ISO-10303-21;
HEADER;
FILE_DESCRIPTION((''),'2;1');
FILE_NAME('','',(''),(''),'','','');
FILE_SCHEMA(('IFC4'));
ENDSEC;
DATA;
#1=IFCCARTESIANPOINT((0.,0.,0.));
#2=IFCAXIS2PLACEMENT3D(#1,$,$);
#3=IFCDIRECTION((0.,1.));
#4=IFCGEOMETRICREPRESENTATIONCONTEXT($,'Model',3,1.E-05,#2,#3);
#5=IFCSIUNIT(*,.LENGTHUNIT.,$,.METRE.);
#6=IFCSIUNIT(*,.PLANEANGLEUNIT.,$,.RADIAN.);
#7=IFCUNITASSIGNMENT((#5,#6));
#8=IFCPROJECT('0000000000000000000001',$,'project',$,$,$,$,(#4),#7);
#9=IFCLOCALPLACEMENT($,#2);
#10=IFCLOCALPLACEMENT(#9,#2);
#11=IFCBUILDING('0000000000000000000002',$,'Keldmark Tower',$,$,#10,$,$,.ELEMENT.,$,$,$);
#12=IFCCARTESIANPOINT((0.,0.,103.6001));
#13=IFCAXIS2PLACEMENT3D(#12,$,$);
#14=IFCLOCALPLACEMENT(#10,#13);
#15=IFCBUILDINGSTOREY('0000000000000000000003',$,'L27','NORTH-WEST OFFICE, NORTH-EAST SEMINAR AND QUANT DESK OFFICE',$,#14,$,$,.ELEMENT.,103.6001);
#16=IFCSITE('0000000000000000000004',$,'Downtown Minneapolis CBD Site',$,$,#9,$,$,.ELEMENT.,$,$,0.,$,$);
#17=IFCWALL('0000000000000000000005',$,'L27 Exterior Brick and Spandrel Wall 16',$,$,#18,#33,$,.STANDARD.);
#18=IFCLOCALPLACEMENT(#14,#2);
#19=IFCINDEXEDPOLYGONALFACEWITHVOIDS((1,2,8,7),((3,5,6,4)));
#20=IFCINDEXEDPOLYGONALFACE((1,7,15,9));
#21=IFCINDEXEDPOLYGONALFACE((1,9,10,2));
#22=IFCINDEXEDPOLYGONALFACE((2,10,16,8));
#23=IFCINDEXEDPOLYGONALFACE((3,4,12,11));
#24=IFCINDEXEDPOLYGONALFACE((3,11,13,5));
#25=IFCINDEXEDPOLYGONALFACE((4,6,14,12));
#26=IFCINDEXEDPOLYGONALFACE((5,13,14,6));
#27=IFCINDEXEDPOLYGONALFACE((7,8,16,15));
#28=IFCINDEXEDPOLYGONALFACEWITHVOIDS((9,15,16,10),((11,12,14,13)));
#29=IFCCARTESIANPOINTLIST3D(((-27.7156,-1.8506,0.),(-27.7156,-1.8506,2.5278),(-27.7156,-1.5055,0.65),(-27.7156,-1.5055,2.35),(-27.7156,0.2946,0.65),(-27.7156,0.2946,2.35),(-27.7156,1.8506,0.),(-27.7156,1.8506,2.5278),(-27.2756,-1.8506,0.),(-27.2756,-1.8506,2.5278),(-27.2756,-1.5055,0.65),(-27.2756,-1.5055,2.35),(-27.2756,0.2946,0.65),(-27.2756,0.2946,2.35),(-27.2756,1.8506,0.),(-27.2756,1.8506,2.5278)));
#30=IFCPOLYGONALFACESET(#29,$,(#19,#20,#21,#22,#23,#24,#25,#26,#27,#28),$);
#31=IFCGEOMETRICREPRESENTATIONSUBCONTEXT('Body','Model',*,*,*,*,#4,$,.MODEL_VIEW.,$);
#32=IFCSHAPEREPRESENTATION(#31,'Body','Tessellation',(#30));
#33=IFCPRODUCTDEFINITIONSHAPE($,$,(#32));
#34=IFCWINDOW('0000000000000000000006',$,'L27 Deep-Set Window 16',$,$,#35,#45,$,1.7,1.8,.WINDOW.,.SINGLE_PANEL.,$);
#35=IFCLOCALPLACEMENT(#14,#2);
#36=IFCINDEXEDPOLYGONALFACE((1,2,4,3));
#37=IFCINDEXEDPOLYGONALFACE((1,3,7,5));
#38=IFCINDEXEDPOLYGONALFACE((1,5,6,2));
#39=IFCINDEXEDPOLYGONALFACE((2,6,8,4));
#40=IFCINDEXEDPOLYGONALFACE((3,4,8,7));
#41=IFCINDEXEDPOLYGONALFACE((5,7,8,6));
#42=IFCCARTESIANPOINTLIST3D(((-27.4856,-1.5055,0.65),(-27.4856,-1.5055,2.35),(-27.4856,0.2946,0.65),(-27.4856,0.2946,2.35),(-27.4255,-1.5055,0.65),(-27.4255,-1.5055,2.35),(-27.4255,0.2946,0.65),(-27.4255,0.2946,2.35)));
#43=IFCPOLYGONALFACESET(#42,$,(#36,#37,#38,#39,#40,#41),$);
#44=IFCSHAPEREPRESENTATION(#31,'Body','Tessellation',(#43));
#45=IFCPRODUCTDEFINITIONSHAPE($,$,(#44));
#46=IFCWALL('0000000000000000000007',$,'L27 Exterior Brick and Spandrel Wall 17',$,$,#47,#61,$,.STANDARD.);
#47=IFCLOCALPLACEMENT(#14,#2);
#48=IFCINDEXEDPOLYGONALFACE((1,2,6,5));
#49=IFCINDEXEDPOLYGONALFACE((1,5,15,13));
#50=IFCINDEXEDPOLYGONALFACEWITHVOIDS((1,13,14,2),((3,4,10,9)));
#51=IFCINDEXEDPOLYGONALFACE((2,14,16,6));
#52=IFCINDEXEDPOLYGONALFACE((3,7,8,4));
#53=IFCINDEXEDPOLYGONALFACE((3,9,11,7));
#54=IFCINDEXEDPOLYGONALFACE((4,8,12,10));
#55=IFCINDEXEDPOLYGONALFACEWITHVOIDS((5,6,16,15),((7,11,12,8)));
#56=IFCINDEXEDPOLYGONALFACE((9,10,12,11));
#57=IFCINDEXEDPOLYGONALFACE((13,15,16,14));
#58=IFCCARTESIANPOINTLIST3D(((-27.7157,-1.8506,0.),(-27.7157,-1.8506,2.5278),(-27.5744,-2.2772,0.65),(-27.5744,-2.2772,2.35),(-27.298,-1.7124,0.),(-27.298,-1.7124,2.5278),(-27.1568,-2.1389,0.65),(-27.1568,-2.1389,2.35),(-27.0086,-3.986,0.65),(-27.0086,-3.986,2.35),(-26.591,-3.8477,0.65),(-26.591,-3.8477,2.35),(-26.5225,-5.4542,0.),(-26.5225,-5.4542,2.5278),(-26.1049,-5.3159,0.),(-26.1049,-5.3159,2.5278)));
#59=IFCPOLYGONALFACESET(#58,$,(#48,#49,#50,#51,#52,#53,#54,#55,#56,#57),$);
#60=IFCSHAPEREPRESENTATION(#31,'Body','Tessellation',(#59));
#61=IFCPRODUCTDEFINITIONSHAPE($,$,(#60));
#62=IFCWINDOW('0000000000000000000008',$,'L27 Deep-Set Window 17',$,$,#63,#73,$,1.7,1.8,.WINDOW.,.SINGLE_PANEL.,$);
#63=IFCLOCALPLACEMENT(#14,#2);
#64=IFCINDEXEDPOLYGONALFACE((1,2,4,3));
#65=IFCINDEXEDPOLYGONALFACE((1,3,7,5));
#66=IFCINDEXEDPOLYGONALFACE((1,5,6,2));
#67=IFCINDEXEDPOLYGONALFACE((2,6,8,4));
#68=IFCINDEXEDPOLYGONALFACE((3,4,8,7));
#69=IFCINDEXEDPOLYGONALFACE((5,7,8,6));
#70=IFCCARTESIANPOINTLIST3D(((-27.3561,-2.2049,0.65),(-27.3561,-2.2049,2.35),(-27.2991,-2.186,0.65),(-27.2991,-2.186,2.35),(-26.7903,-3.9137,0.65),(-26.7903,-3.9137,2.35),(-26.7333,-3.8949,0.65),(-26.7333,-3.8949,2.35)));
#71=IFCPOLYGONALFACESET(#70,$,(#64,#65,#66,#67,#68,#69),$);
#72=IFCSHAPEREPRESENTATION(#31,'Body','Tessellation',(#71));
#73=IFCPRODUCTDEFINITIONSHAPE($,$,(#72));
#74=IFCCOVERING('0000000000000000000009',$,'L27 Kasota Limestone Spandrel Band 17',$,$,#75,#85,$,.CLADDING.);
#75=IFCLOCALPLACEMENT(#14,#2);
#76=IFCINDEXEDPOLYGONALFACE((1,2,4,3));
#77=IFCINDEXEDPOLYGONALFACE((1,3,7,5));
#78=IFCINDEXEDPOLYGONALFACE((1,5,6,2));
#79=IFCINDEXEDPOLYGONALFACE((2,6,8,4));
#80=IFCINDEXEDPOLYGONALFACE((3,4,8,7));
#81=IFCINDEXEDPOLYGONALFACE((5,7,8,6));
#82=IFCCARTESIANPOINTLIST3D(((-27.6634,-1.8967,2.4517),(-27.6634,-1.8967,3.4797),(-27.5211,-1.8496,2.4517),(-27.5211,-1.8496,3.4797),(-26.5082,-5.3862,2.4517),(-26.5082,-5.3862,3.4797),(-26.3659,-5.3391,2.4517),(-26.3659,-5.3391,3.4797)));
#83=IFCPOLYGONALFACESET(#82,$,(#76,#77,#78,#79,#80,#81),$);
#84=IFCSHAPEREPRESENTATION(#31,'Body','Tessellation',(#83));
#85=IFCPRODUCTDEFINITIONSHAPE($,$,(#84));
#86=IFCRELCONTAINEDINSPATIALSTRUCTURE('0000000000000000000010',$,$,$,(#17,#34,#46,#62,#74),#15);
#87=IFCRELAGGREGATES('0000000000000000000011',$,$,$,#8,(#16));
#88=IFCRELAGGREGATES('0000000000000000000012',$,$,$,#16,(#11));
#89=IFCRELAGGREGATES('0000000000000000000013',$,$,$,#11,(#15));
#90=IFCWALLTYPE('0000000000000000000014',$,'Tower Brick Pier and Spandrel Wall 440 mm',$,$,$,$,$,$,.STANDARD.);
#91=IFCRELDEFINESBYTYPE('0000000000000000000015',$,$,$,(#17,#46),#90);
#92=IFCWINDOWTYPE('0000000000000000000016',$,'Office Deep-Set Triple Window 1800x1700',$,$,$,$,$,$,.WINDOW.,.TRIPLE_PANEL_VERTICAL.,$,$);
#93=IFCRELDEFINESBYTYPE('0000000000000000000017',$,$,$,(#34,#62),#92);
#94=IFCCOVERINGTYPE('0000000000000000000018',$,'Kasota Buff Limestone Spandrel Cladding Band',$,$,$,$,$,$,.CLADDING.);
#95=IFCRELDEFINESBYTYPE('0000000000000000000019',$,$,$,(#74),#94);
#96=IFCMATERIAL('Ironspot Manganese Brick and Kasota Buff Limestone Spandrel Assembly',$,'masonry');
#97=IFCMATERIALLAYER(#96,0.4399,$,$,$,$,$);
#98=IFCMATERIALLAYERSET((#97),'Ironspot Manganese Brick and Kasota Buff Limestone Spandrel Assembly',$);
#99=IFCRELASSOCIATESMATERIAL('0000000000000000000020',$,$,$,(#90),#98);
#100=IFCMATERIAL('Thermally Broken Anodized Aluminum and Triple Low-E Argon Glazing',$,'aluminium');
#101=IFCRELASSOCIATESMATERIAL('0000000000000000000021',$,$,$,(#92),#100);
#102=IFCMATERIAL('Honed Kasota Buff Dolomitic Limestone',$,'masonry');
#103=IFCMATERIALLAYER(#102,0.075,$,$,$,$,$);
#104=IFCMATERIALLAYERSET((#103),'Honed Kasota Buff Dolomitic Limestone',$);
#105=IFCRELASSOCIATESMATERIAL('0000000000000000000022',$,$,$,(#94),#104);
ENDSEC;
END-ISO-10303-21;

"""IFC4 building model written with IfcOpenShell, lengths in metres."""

from ifc_helpers import new_model, si_unit, direction, frame, frame_2d, origin, origin_2d, place, context, subcontext, project, spatial, rectangle, extrude, material, layer, layer_set, type_object, element, fill, save


model = new_model("IFC4")

# Units and contexts
model_context = context("Model", 3, precision=1e-05, world=origin(), true_north=direction((0.0, 1.0)))
body_context = subcontext(model_context, "Body", "Model", "MODEL_VIEW")
ifc_project = project(units=[si_unit("LENGTHUNIT", "METRE"), si_unit("PLANEANGLEUNIT", "RADIAN")], contexts=[model_context])

# Site, building, storey
site_placement = place(None, origin())
site = spatial("IfcSite", under=ifc_project, at=site_placement, Name="Downtown Minneapolis CBD Site", CompositionType="ELEMENT", RefElevation=0.0)
building_placement = place(site_placement, origin())
building = spatial("IfcBuilding", under=site, at=building_placement, Name="Keldmark Tower", CompositionType="ELEMENT")
storey_placement = place(building_placement, frame((0.0, 0.0, 103.6001)))
storey = spatial("IfcBuildingStorey", under=building, at=storey_placement, Name="L27", Description="NORTH-WEST OFFICE, NORTH-EAST SEMINAR AND QUANT DESK OFFICE", CompositionType="ELEMENT", Elevation=103.6001)

# Walls, openings, windows
ifc_material_1 = material(Name="Ironspot Manganese Brick and Kasota Buff Limestone Spandrel Assembly", Category="masonry")
ifc_layer_1 = layer(ifc_material_1, 0.4399)
ifc_layer_set_1 = layer_set([ifc_layer_1], Name="Ironspot Manganese Brick and Kasota Buff Limestone Spandrel Assembly")
wall_type_1 = type_object("IfcWallType", Name="Tower Brick Pier and Spandrel Wall 440 mm", PredefinedType="STANDARD", material=ifc_layer_set_1)
wall_1_placement = place(storey_placement, frame((-27.4956, -1.8506, 0.0), z_axis=(0.0, 0.0, 1.0), x_axis=(0.0, 1.0, 0.0)))
wall_1 = element("IfcWall", 1, at=wall_1_placement, inside=storey, type_object=wall_type_1, Name="L27 Exterior Brick and Spandrel Wall 16", PredefinedType="STANDARD", context=body_context, shape_type="SweptSolid", body=[
    extrude(rectangle(XDim=3.7012, YDim=0.4399, at=frame_2d((1.8506, 0.0))), origin(), (0.0, 0.0, 1.0), 2.5278),
])
opening_1_placement = place(wall_1_placement, frame((0.3452, 0.0, 0.6499)))
opening_1 = element("IfcOpeningElement", 2, at=opening_1_placement, cuts=wall_1, PredefinedType="OPENING", context=body_context, shape_type="SweptSolid", body=[
    extrude(rectangle(XDim=1.8, YDim=1.7, at=frame_2d((0.8999, 0.8501))), frame((0.0, 0.23, 0.0), z_axis=(0.0, -1.0, 0.0), x_axis=(1.0, 0.0, 0.0)), (0.0, 0.0, 1.0), 0.46),
])
ifc_material_2 = material(Name="Thermally Broken Anodized Aluminum and Triple Low-E Argon Glazing", Category="aluminium")
window_type = type_object("IfcWindowType", Name="Office Deep-Set Triple Window 1800x1700", PartitioningType="TRIPLE_PANEL_VERTICAL", PredefinedType="WINDOW", material=ifc_material_2)
window_1_placement = place(opening_1_placement, origin())
window_1 = element("IfcWindow", 3, at=window_1_placement, inside=storey, type_object=window_type, Name="L27 Deep-Set Window 16", OverallHeight=1.7, OverallWidth=1.8, PartitioningType="SINGLE_PANEL", PredefinedType="WINDOW", context=body_context, shape_type="SweptSolid", body=[
    extrude(rectangle(XDim=1.8, YDim=1.7, at=frame_2d((0.8999, 0.8501))), frame((0.0, -0.01, 0.0), z_axis=(0.0, -1.0, 0.0), x_axis=(1.0, 0.0, 0.0)), (0.0, 0.0, 1.0), 0.0601),
])
fill(opening_1, window_1)
wall_2_placement = place(storey_placement, frame((-26.3137, -5.385, 0.0), z_axis=(0.0, 0.0, 1.0), x_axis=(-0.314317, 0.949318, 0.0)))
wall_2 = element("IfcWall", 4, at=wall_2_placement, inside=storey, type_object=wall_type_1, Name="L27 Exterior Brick and Spandrel Wall 17", PredefinedType="STANDARD", context=body_context, shape_type="SweptSolid", body=[
    extrude(rectangle(XDim=3.7959, YDim=0.4399, at=frame_2d((1.8979, 0.0))), origin(), (0.0, 0.0, 1.0), 2.5278),
])
opening_2_placement = place(wall_2_placement, frame((1.5466, 0.0, 0.6499)))
opening_2 = element("IfcOpeningElement", 5, at=opening_2_placement, cuts=wall_2, PredefinedType="OPENING", context=body_context, shape_type="SweptSolid", body=[
    extrude(rectangle(XDim=1.8, YDim=1.7, at=frame_2d((0.8999, 0.8501))), frame((0.0, 0.23, 0.0), z_axis=(0.0, -1.0, 0.0), x_axis=(1.0, 0.0, 0.0)), (0.0, 0.0, 1.0), 0.46),
])
window_2_placement = place(opening_2_placement, origin())
window_2 = element("IfcWindow", 6, at=window_2_placement, inside=storey, type_object=window_type, Name="L27 Deep-Set Window 17", OverallHeight=1.7, OverallWidth=1.8, PartitioningType="SINGLE_PANEL", PredefinedType="WINDOW", context=body_context, shape_type="SweptSolid", body=[
    extrude(rectangle(XDim=1.8, YDim=1.7, at=frame_2d((0.8999, 0.8501))), frame((0.0, -0.01, 0.0), z_axis=(0.0, -1.0, 0.0), x_axis=(1.0, 0.0, 0.0)), (0.0, 0.0, 1.0), 0.0601),
])
fill(opening_2, window_2)

# Covering
ifc_material_3 = material(Name="Honed Kasota Buff Dolomitic Limestone", Category="masonry")
ifc_layer_2 = layer(ifc_material_3, 0.075)
ifc_layer_set_2 = layer_set([ifc_layer_2], Name="Honed Kasota Buff Dolomitic Limestone")
covering_type = type_object("IfcCoveringType", Name="Kasota Buff Limestone Spandrel Cladding Band", PredefinedType="CLADDING", material=ifc_layer_set_2)
covering_placement = place(storey_placement, frame((-27.0146, -3.6179, 2.4517), z_axis=(0.0, 0.0, 1.0), x_axis=(0.314291, -0.949327, 0.0)))
element("IfcCovering", 7, at=covering_placement, inside=storey, type_object=covering_type, Name="L27 Kasota Limestone Spandrel Band 17", PredefinedType="CLADDING", context=body_context, shape_type="SweptSolid", body=[
    extrude(rectangle(XDim=3.6758, YDim=0.1499, at=origin_2d()), origin(), (0.0, 0.0, 1.0), 1.0281),
])

save(model, "model.ifc")
